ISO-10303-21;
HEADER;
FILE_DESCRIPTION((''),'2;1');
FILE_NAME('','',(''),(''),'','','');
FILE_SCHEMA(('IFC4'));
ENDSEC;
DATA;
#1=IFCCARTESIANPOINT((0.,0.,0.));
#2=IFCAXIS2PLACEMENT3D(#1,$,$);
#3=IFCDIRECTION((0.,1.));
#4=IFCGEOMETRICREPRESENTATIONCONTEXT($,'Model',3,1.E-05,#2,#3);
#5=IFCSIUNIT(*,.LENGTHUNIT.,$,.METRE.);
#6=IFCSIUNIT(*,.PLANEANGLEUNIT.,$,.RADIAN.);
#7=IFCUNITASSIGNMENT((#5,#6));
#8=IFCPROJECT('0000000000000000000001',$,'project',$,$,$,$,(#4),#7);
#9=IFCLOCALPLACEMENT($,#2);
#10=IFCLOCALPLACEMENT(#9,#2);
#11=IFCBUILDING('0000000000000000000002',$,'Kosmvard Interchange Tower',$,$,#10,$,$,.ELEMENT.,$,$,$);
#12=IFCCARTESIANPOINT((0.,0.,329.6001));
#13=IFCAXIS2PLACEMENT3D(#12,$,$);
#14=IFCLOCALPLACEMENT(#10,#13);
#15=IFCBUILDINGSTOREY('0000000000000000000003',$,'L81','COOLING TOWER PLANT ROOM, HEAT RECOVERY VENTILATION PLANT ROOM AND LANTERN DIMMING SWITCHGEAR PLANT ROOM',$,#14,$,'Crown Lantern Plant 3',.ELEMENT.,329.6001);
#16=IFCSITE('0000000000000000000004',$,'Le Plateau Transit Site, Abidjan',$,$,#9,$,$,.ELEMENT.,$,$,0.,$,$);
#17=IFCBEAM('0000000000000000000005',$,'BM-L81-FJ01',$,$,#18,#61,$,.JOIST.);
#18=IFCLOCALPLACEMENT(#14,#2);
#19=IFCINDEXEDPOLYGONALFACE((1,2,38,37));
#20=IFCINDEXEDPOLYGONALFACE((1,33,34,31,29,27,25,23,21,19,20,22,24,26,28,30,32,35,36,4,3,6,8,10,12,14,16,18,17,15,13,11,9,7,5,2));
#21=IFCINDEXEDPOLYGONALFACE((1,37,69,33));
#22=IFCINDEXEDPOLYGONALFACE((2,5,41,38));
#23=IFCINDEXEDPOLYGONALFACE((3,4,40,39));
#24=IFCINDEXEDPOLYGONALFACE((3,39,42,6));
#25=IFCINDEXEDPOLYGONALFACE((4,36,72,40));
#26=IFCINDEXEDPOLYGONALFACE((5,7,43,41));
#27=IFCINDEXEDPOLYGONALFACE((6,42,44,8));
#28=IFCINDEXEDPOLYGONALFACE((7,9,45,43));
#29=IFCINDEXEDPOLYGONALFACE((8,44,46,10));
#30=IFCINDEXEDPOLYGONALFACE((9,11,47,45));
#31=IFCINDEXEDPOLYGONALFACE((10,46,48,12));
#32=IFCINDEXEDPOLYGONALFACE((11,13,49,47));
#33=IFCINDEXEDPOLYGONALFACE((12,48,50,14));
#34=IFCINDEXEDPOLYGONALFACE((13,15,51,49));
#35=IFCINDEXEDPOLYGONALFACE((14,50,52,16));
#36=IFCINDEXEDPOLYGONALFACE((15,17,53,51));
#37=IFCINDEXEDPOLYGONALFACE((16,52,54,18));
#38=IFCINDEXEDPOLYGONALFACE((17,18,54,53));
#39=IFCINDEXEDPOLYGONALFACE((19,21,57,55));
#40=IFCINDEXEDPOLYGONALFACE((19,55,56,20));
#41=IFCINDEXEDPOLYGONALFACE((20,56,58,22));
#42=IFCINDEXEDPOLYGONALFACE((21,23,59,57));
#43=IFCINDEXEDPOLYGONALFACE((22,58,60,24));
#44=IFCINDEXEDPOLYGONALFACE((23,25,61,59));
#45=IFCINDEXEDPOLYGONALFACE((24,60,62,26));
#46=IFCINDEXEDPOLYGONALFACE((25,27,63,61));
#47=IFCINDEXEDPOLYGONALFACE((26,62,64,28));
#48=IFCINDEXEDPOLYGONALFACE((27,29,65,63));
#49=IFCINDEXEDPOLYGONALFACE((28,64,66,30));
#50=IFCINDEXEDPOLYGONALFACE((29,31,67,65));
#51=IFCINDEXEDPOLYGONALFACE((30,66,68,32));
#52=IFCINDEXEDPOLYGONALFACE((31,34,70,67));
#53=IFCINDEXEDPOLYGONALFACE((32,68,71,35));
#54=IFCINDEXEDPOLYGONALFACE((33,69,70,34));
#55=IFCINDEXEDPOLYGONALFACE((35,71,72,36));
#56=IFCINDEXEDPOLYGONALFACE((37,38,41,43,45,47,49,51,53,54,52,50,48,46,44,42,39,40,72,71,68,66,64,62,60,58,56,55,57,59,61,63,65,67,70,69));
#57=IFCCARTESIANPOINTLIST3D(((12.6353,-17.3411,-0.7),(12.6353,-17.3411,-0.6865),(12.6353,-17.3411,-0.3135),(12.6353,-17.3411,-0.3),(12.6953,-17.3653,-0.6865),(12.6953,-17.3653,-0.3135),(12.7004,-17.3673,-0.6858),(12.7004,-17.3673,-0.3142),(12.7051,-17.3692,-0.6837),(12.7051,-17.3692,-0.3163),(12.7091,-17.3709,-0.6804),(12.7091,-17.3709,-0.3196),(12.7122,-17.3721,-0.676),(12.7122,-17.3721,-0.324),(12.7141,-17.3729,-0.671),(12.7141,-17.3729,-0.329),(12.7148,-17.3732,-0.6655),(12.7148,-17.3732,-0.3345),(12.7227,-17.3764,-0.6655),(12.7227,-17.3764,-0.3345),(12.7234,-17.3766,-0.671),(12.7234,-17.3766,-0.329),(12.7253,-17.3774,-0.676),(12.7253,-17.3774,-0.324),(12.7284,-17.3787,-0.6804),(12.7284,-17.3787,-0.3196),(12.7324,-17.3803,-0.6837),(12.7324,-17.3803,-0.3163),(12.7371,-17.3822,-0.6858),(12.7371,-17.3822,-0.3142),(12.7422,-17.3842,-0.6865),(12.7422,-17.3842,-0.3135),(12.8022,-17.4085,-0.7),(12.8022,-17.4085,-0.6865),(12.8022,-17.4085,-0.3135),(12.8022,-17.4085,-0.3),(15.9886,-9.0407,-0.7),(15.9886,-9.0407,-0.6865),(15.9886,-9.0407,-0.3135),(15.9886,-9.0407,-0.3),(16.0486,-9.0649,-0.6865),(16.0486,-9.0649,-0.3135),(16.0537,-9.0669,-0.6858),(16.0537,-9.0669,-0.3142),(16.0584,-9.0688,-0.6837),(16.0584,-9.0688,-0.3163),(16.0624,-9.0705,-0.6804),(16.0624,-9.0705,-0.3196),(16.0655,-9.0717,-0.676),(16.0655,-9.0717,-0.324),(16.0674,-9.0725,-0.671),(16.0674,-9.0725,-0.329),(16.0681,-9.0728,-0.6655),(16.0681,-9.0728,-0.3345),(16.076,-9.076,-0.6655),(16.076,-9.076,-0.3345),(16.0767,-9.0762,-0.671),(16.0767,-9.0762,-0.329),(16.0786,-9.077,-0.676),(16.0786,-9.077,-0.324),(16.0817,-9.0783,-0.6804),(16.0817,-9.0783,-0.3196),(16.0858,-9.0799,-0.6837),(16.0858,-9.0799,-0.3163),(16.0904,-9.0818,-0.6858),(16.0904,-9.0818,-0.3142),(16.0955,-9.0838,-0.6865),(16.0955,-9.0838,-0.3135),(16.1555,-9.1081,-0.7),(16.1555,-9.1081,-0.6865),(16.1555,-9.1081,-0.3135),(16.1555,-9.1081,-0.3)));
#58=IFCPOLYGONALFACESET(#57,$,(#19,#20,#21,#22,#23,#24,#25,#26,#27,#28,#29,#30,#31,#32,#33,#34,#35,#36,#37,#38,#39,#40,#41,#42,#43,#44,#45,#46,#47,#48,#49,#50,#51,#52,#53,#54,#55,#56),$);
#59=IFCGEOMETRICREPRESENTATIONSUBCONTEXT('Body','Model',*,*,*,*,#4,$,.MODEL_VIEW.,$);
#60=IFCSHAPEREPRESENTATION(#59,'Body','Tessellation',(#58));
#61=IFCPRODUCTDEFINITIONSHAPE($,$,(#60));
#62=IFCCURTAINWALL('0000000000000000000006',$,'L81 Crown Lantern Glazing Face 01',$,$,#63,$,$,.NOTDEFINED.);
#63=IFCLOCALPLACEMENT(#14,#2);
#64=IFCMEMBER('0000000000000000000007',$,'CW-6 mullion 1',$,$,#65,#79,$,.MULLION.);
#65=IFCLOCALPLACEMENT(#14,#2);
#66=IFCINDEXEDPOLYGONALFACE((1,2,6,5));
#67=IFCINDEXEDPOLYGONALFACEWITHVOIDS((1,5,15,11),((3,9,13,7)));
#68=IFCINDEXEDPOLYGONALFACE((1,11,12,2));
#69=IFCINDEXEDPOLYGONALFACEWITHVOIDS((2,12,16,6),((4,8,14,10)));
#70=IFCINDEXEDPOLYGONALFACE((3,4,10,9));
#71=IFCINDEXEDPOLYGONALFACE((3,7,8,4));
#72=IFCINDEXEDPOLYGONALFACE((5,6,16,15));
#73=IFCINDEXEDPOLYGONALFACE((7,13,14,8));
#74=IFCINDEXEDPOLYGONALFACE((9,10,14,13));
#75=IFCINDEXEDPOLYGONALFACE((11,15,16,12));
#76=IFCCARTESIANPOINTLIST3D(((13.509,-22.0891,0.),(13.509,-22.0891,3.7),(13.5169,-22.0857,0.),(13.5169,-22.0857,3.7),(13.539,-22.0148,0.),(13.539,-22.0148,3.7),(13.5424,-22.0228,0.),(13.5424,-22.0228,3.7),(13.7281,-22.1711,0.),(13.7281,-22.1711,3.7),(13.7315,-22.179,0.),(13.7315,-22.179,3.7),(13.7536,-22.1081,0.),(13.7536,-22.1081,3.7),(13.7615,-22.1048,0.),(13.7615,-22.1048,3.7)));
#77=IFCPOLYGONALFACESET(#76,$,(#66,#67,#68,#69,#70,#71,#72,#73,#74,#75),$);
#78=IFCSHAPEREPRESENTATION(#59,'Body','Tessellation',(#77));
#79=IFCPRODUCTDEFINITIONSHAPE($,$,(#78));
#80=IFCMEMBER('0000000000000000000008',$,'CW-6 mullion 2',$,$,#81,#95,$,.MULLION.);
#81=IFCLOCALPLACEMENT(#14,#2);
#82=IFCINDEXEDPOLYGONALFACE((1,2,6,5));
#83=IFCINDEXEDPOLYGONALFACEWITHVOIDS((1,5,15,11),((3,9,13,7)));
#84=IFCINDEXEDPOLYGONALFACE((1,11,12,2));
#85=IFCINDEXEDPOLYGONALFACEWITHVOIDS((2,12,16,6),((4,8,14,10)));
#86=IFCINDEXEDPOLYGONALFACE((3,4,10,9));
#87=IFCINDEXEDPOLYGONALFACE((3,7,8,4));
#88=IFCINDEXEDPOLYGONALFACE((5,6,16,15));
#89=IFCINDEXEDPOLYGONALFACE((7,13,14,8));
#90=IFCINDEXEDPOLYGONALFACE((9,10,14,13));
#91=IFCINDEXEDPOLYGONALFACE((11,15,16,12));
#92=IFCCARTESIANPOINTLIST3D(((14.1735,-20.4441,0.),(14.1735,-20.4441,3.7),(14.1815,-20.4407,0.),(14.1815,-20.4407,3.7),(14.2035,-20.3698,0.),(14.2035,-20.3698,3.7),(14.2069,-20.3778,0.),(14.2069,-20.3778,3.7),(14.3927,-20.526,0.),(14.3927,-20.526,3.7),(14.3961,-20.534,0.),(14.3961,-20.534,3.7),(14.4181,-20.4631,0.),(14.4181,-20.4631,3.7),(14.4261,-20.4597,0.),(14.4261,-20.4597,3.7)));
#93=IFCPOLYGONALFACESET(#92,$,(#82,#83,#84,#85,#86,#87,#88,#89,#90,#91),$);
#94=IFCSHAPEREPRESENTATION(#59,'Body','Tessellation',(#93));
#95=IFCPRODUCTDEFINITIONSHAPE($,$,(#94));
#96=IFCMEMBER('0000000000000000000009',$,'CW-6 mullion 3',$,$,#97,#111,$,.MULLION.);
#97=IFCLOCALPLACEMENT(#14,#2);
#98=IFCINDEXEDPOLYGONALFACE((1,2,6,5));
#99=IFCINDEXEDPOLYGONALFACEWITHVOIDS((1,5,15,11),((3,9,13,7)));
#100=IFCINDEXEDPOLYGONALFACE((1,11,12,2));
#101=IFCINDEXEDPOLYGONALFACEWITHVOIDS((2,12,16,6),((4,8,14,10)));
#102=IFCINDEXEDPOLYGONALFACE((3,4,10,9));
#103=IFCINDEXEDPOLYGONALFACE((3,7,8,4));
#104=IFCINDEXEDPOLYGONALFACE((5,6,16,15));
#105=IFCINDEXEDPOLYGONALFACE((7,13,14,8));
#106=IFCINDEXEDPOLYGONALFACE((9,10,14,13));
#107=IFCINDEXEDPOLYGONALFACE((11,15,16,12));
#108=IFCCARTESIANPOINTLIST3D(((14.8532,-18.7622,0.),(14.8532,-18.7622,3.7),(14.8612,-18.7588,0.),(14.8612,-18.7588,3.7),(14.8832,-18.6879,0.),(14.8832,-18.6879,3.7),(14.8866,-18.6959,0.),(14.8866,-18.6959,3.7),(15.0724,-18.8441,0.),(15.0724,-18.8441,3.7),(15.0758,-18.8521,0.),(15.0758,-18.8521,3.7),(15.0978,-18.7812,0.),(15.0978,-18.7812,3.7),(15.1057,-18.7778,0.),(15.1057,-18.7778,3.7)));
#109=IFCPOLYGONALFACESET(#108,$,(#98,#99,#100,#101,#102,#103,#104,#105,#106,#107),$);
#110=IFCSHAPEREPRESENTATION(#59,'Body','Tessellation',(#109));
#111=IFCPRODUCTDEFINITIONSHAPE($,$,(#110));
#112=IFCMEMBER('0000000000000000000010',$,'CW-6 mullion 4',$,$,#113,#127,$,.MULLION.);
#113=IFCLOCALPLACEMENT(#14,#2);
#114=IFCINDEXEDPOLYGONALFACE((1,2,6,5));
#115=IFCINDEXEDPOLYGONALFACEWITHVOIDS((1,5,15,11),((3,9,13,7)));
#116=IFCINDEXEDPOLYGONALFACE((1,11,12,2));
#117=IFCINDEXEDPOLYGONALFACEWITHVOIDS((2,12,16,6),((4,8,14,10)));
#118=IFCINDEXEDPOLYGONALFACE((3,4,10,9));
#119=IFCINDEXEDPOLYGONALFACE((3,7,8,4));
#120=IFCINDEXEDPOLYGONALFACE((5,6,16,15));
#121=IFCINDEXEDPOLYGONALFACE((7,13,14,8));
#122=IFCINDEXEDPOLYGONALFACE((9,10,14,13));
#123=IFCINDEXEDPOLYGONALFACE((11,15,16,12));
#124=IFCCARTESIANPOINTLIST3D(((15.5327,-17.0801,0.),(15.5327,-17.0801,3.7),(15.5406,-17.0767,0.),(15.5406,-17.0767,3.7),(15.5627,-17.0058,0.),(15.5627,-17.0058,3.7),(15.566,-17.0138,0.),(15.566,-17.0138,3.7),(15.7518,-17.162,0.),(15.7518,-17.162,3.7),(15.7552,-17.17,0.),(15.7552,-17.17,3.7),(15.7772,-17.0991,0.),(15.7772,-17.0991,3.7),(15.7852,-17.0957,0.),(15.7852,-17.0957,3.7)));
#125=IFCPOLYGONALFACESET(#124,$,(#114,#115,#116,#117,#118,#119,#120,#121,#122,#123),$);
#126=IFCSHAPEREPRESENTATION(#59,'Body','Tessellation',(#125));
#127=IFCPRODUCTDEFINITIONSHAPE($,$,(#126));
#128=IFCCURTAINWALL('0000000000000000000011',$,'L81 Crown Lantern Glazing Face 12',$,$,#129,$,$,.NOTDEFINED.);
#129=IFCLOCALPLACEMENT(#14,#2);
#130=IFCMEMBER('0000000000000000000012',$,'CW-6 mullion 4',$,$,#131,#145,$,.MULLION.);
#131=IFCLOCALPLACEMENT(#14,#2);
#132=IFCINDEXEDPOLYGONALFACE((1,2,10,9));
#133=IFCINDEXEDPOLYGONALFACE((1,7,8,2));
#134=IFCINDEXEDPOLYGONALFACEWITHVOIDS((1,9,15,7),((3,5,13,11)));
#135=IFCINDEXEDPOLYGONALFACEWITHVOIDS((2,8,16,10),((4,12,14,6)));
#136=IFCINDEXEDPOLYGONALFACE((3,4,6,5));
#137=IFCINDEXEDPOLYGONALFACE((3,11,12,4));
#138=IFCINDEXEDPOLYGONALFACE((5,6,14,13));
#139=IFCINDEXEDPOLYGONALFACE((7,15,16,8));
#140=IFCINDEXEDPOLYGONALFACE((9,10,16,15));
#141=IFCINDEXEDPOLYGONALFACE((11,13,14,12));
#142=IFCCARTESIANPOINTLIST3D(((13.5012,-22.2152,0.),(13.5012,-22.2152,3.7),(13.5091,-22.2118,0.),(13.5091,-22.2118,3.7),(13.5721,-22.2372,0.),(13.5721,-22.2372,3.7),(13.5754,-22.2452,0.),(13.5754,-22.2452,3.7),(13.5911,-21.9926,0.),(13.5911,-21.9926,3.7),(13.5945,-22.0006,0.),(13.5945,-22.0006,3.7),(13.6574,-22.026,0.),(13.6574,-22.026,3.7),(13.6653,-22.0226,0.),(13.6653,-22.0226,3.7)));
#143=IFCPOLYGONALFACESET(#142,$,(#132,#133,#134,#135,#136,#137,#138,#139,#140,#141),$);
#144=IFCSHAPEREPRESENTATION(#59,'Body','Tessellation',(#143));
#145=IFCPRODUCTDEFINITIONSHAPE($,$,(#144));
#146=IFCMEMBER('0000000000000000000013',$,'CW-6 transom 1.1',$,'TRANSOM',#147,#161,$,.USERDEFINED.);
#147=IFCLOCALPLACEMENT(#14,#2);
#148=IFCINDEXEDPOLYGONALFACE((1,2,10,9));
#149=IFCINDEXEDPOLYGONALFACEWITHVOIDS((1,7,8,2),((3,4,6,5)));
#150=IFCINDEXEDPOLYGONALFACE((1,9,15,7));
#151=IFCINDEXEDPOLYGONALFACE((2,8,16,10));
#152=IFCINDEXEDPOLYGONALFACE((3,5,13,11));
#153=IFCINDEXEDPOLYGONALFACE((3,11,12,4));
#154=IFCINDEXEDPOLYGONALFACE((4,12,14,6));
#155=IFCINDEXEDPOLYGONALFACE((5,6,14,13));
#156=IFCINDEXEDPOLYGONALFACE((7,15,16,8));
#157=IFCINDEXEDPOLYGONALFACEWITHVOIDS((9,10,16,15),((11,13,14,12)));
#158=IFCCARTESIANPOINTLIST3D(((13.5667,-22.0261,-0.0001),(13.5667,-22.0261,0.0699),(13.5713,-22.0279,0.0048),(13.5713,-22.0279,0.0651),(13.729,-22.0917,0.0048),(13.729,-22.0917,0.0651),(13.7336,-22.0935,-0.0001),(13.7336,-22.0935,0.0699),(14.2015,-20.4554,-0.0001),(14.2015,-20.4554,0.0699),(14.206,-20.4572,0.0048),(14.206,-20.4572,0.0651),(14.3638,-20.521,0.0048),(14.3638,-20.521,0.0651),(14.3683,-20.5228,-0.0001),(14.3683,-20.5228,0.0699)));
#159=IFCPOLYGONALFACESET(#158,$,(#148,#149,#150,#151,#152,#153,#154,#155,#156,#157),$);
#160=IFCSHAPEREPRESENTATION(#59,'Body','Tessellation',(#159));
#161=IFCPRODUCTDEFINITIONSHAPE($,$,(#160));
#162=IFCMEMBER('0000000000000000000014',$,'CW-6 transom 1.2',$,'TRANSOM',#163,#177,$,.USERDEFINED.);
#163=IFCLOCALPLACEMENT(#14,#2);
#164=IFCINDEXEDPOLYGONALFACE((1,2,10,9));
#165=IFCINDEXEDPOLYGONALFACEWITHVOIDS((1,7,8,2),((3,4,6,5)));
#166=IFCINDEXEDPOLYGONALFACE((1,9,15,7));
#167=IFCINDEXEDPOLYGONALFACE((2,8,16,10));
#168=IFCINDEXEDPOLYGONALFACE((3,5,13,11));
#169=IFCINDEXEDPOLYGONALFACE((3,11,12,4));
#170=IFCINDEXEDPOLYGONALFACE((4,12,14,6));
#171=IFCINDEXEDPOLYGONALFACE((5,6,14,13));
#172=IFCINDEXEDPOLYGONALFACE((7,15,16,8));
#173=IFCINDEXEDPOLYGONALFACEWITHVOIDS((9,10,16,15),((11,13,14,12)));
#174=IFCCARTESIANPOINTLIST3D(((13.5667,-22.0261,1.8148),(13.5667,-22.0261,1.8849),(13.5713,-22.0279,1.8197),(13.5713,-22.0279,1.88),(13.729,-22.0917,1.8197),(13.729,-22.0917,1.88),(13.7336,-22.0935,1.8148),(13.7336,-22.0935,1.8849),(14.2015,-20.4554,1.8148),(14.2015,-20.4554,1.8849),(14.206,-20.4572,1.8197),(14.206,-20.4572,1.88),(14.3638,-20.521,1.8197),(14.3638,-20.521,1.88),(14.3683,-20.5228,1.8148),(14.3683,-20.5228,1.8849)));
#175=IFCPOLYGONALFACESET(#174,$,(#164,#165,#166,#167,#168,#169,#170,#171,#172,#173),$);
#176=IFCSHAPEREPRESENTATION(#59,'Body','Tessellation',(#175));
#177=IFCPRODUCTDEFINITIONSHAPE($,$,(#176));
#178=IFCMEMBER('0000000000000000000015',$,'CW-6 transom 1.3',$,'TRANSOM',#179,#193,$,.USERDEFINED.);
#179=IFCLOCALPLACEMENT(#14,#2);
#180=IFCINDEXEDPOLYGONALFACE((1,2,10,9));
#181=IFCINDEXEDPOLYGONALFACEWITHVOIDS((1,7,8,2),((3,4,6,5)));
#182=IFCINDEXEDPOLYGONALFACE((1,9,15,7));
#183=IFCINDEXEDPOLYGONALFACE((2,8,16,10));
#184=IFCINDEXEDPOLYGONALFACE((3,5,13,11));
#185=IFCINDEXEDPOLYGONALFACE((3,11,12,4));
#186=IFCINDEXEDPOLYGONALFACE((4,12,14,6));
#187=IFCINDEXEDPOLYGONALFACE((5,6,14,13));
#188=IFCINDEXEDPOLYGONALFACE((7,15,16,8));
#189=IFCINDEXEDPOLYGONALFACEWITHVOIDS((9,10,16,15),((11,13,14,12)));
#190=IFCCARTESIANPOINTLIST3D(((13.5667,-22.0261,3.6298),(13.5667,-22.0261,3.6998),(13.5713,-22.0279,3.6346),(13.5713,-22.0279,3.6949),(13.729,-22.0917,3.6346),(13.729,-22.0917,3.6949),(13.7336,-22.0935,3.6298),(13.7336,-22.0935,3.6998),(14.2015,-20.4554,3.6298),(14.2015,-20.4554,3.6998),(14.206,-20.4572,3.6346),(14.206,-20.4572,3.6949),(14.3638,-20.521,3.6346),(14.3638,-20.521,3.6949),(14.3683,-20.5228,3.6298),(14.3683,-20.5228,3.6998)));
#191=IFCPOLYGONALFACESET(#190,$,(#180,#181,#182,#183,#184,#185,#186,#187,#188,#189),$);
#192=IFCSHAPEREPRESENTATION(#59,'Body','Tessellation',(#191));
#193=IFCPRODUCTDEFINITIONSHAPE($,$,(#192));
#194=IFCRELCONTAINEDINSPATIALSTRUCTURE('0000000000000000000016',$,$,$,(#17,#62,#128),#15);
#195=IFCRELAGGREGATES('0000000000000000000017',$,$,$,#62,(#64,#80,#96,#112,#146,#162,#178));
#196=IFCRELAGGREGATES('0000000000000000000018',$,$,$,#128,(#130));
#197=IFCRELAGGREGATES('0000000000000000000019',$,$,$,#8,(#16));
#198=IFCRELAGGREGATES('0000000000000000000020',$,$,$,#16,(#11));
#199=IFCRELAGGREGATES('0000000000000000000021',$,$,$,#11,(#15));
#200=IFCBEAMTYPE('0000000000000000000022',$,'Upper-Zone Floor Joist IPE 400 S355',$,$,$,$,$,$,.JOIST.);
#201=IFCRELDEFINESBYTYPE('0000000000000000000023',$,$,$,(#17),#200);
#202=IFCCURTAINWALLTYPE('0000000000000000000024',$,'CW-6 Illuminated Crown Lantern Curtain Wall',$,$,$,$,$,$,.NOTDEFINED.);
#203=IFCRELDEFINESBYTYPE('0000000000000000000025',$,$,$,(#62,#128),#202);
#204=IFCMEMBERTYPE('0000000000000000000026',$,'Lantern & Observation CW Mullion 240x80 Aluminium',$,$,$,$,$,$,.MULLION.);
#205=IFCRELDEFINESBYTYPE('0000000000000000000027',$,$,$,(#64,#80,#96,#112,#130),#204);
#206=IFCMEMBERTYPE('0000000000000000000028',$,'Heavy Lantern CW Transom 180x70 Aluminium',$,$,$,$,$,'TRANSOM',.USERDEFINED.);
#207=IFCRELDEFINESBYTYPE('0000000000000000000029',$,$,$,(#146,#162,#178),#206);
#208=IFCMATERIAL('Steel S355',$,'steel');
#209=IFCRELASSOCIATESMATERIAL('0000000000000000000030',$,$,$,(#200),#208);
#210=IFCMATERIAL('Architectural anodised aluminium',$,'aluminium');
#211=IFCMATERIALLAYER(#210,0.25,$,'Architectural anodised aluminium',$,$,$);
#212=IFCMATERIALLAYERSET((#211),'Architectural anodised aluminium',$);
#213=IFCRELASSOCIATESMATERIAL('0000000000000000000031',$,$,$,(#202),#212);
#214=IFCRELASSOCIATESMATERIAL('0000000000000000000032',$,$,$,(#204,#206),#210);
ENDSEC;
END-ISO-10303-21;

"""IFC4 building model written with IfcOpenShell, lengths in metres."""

from ifc_helpers import new_model, si_unit, direction, frame, origin, origin_2d, place, context, subcontext, project, spatial, hollow_rectangle, i_section, extrude, source, transform, mapped, material, layer, layer_set, material_profile, profile_set, type_object, element, aggregate, save


model = new_model("IFC4")

# Units and contexts
model_context = context("Model", 3, precision=1e-05, world=origin(), true_north=direction((0.0, 1.0)))
body_context = subcontext(model_context, "Body", "Model", "MODEL_VIEW")
ifc_project = project(units=[si_unit("LENGTHUNIT", "METRE"), si_unit("PLANEANGLEUNIT", "RADIAN")], contexts=[model_context])

# Site, building, storey
site_placement = place(None, origin())
site = spatial("IfcSite", under=ifc_project, at=site_placement, Name="Le Plateau Transit Site, Abidjan", CompositionType="ELEMENT", RefElevation=0.0)
building_placement = place(site_placement, origin())
building = spatial("IfcBuilding", under=site, at=building_placement, Name="Kosmvard Interchange Tower", CompositionType="ELEMENT")
storey_placement = place(building_placement, frame((0.0, 0.0, 329.6001)))
storey = spatial("IfcBuildingStorey", under=building, at=storey_placement, Name="L81", Description="COOLING TOWER PLANT ROOM, HEAT RECOVERY VENTILATION PLANT ROOM AND LANTERN DIMMING SWITCHGEAR PLANT ROOM", LongName="Crown Lantern Plant 3", CompositionType="ELEMENT", Elevation=329.6001)

# Beam
ifc_material_1 = material(Name="Steel S355", Category="steel")
ifc_material_profile_1 = material_profile(ifc_material_1, i_section(OverallWidth=0.1799, OverallDepth=0.3999, WebThickness=0.0085, FlangeThickness=0.0134, FilletRadius=0.021, at=origin_2d()), Name="IPE 400")
ifc_profile_set_1 = profile_set([ifc_material_profile_1], Name="Steel S355")
beam_type = type_object("IfcBeamType", Name="Upper-Zone Floor Joist IPE 400 S355", PredefinedType="JOIST", material=ifc_profile_set_1)
shared_shape_1 = source(origin(), body_context, "Body", "SweptSolid", [
    extrude(i_section(OverallWidth=0.1799, OverallDepth=0.3999, WebThickness=0.0085, FlangeThickness=0.0134, FilletRadius=0.021, at=origin_2d()), origin(), (0.0, 0.0, 1.0), 8.9521),
])
beam_placement = place(storey_placement, frame((12.7188, -17.3748, -0.5), z_axis=(0.374581, 0.927194, 0.0), x_axis=(-0.927194, 0.374581, 0.0)))
element("IfcBeam", 1, at=beam_placement, inside=storey, type_object=beam_type, Name="BM-L81-FJ01", PredefinedType="JOIST", context=body_context, shape_type="MappedRepresentation", body=[
    mapped(shared_shape_1, transform((0.0, 0.0, 0.0), scale=1.0)),
])

# Curtain wall, members
ifc_material_2 = material(Name="Architectural anodised aluminium", Category="aluminium")
ifc_layer_1 = layer(ifc_material_2, 0.25, Name="Architectural anodised aluminium")
ifc_layer_set_1 = layer_set([ifc_layer_1], Name="Architectural anodised aluminium")
curtain_wall_type = type_object("IfcCurtainWallType", Name="CW-6 Illuminated Crown Lantern Curtain Wall", PredefinedType="NOTDEFINED", material=ifc_layer_set_1)
curtain_wall_1_placement = place(storey_placement, origin())
curtain_wall_1 = element("IfcCurtainWall", 2, at=curtain_wall_1_placement, inside=storey, type_object=curtain_wall_type, Name="L81 Crown Lantern Glazing Face 01", PredefinedType="NOTDEFINED")
ifc_material_profile_2 = material_profile(ifc_material_2, hollow_rectangle(XDim=0.24, YDim=0.0801, WallThickness=0.0061, at=origin_2d()), Name="CWM 240x80x6")
ifc_profile_set_2 = profile_set([ifc_material_profile_2], Name="Architectural anodised aluminium")
member_type_1 = type_object("IfcMemberType", Name="Lantern & Observation CW Mullion 240x80 Aluminium", PredefinedType="MULLION", material=ifc_profile_set_2)
shared_shape_2 = source(origin(), body_context, "Body", "SweptSolid", [
    extrude(hollow_rectangle(XDim=0.24, YDim=0.0801, WallThickness=0.0061, at=origin_2d()), origin(), (0.0, 0.0, 1.0), 3.7),
])
member_1_placement = place(storey_placement, frame((13.6353, -22.0969, 0.0), z_axis=(0.0, 0.0, 1.0), x_axis=(-0.927184, 0.374607, 0.0)))
member_1 = element("IfcMember", 3, at=member_1_placement, type_object=member_type_1, Name="CW-6 mullion 1", PredefinedType="MULLION", context=body_context, shape_type="MappedRepresentation", body=[
    mapped(shared_shape_2, transform((0.0, 0.0, 0.0), scale=1.0)),
])
member_2_placement = place(storey_placement, frame((14.2998, -20.4519, 0.0), z_axis=(0.0, 0.0, 1.0), x_axis=(-0.927184, 0.374607, 0.0)))
member_2 = element("IfcMember", 4, at=member_2_placement, type_object=member_type_1, Name="CW-6 mullion 2", PredefinedType="MULLION", context=body_context, shape_type="MappedRepresentation", body=[
    mapped(shared_shape_2, transform((0.0, 0.0, 0.0), scale=1.0)),
])
member_3_placement = place(storey_placement, frame((14.9795, -18.77, 0.0), z_axis=(0.0, 0.0, 1.0), x_axis=(-0.927184, 0.374607, 0.0)))
member_3 = element("IfcMember", 5, at=member_3_placement, type_object=member_type_1, Name="CW-6 mullion 3", PredefinedType="MULLION", context=body_context, shape_type="MappedRepresentation", body=[
    mapped(shared_shape_2, transform((0.0, 0.0, 0.0), scale=1.0)),
])
member_4_placement = place(storey_placement, frame((15.6589, -17.0879, 0.0), z_axis=(0.0, 0.0, 1.0), x_axis=(-0.927184, 0.374607, 0.0)))
member_4 = element("IfcMember", 6, at=member_4_placement, type_object=member_type_1, Name="CW-6 mullion 4", PredefinedType="MULLION", context=body_context, shape_type="MappedRepresentation", body=[
    mapped(shared_shape_2, transform((0.0, 0.0, 0.0), scale=1.0)),
])

# Curtain wall, member
curtain_wall_2_placement = place(storey_placement, origin())
curtain_wall_2 = element("IfcCurtainWall", 7, at=curtain_wall_2_placement, inside=storey, type_object=curtain_wall_type, Name="L81 Crown Lantern Glazing Face 12", PredefinedType="NOTDEFINED")
member_5_placement = place(storey_placement, frame((13.5833, -22.1189, 0.0), z_axis=(0.0, 0.0, 1.0), x_axis=(0.374607, 0.927184, 0.0)))
member_5 = element("IfcMember", 8, at=member_5_placement, type_object=member_type_1, Name="CW-6 mullion 4", PredefinedType="MULLION", context=body_context, shape_type="MappedRepresentation", body=[
    mapped(shared_shape_2, transform((0.0, 0.0, 0.0), scale=1.0)),
])

# Members
ifc_material_profile_3 = material_profile(ifc_material_2, hollow_rectangle(XDim=0.1799, YDim=0.0701, WallThickness=0.0049, at=origin_2d()), Name="CWT 180x70x5")
ifc_profile_set_3 = profile_set([ifc_material_profile_3], Name="Architectural anodised aluminium")
member_type_2 = type_object("IfcMemberType", Name="Heavy Lantern CW Transom 180x70 Aluminium", ElementType="TRANSOM", PredefinedType="USERDEFINED", material=ifc_profile_set_3)
shared_shape_3 = source(origin(), body_context, "Body", "SweptSolid", [
    extrude(hollow_rectangle(XDim=0.1799, YDim=0.0701, WallThickness=0.0049, at=origin_2d()), origin(), (0.0, 0.0, 1.0), 1.6941),
])
member_6_placement = place(storey_placement, frame((13.6501, -22.0598, 0.0349), z_axis=(0.374668, 0.927159, 0.0), x_axis=(-0.927159, 0.374668, 0.0)))
member_6 = element("IfcMember", 9, at=member_6_placement, type_object=member_type_2, Name="CW-6 transom 1.1", ObjectType="TRANSOM", PredefinedType="USERDEFINED", context=body_context, shape_type="MappedRepresentation", body=[
    mapped(shared_shape_3, transform((0.0, 0.0, 0.0), scale=1.0)),
])
member_7_placement = place(storey_placement, frame((13.6501, -22.0598, 1.8499), z_axis=(0.374668, 0.927159, 0.0), x_axis=(-0.927159, 0.374668, 0.0)))
member_7 = element("IfcMember", 10, at=member_7_placement, type_object=member_type_2, Name="CW-6 transom 1.2", ObjectType="TRANSOM", PredefinedType="USERDEFINED", context=body_context, shape_type="MappedRepresentation", body=[
    mapped(shared_shape_3, transform((0.0, 0.0, 0.0), scale=1.0)),
])
member_8_placement = place(storey_placement, frame((13.6501, -22.0598, 3.6648), z_axis=(0.374668, 0.927159, 0.0), x_axis=(-0.927159, 0.374668, 0.0)))
member_8 = element("IfcMember", 11, at=member_8_placement, type_object=member_type_2, Name="CW-6 transom 1.3", ObjectType="TRANSOM", PredefinedType="USERDEFINED", context=body_context, shape_type="MappedRepresentation", body=[
    mapped(shared_shape_3, transform((0.0, 0.0, 0.0), scale=1.0)),
])

aggregate(curtain_wall_1, [member_1, member_2, member_3, member_4, member_6, member_7, member_8])
aggregate(curtain_wall_2, [member_5])

save(model, "model.ifc")
